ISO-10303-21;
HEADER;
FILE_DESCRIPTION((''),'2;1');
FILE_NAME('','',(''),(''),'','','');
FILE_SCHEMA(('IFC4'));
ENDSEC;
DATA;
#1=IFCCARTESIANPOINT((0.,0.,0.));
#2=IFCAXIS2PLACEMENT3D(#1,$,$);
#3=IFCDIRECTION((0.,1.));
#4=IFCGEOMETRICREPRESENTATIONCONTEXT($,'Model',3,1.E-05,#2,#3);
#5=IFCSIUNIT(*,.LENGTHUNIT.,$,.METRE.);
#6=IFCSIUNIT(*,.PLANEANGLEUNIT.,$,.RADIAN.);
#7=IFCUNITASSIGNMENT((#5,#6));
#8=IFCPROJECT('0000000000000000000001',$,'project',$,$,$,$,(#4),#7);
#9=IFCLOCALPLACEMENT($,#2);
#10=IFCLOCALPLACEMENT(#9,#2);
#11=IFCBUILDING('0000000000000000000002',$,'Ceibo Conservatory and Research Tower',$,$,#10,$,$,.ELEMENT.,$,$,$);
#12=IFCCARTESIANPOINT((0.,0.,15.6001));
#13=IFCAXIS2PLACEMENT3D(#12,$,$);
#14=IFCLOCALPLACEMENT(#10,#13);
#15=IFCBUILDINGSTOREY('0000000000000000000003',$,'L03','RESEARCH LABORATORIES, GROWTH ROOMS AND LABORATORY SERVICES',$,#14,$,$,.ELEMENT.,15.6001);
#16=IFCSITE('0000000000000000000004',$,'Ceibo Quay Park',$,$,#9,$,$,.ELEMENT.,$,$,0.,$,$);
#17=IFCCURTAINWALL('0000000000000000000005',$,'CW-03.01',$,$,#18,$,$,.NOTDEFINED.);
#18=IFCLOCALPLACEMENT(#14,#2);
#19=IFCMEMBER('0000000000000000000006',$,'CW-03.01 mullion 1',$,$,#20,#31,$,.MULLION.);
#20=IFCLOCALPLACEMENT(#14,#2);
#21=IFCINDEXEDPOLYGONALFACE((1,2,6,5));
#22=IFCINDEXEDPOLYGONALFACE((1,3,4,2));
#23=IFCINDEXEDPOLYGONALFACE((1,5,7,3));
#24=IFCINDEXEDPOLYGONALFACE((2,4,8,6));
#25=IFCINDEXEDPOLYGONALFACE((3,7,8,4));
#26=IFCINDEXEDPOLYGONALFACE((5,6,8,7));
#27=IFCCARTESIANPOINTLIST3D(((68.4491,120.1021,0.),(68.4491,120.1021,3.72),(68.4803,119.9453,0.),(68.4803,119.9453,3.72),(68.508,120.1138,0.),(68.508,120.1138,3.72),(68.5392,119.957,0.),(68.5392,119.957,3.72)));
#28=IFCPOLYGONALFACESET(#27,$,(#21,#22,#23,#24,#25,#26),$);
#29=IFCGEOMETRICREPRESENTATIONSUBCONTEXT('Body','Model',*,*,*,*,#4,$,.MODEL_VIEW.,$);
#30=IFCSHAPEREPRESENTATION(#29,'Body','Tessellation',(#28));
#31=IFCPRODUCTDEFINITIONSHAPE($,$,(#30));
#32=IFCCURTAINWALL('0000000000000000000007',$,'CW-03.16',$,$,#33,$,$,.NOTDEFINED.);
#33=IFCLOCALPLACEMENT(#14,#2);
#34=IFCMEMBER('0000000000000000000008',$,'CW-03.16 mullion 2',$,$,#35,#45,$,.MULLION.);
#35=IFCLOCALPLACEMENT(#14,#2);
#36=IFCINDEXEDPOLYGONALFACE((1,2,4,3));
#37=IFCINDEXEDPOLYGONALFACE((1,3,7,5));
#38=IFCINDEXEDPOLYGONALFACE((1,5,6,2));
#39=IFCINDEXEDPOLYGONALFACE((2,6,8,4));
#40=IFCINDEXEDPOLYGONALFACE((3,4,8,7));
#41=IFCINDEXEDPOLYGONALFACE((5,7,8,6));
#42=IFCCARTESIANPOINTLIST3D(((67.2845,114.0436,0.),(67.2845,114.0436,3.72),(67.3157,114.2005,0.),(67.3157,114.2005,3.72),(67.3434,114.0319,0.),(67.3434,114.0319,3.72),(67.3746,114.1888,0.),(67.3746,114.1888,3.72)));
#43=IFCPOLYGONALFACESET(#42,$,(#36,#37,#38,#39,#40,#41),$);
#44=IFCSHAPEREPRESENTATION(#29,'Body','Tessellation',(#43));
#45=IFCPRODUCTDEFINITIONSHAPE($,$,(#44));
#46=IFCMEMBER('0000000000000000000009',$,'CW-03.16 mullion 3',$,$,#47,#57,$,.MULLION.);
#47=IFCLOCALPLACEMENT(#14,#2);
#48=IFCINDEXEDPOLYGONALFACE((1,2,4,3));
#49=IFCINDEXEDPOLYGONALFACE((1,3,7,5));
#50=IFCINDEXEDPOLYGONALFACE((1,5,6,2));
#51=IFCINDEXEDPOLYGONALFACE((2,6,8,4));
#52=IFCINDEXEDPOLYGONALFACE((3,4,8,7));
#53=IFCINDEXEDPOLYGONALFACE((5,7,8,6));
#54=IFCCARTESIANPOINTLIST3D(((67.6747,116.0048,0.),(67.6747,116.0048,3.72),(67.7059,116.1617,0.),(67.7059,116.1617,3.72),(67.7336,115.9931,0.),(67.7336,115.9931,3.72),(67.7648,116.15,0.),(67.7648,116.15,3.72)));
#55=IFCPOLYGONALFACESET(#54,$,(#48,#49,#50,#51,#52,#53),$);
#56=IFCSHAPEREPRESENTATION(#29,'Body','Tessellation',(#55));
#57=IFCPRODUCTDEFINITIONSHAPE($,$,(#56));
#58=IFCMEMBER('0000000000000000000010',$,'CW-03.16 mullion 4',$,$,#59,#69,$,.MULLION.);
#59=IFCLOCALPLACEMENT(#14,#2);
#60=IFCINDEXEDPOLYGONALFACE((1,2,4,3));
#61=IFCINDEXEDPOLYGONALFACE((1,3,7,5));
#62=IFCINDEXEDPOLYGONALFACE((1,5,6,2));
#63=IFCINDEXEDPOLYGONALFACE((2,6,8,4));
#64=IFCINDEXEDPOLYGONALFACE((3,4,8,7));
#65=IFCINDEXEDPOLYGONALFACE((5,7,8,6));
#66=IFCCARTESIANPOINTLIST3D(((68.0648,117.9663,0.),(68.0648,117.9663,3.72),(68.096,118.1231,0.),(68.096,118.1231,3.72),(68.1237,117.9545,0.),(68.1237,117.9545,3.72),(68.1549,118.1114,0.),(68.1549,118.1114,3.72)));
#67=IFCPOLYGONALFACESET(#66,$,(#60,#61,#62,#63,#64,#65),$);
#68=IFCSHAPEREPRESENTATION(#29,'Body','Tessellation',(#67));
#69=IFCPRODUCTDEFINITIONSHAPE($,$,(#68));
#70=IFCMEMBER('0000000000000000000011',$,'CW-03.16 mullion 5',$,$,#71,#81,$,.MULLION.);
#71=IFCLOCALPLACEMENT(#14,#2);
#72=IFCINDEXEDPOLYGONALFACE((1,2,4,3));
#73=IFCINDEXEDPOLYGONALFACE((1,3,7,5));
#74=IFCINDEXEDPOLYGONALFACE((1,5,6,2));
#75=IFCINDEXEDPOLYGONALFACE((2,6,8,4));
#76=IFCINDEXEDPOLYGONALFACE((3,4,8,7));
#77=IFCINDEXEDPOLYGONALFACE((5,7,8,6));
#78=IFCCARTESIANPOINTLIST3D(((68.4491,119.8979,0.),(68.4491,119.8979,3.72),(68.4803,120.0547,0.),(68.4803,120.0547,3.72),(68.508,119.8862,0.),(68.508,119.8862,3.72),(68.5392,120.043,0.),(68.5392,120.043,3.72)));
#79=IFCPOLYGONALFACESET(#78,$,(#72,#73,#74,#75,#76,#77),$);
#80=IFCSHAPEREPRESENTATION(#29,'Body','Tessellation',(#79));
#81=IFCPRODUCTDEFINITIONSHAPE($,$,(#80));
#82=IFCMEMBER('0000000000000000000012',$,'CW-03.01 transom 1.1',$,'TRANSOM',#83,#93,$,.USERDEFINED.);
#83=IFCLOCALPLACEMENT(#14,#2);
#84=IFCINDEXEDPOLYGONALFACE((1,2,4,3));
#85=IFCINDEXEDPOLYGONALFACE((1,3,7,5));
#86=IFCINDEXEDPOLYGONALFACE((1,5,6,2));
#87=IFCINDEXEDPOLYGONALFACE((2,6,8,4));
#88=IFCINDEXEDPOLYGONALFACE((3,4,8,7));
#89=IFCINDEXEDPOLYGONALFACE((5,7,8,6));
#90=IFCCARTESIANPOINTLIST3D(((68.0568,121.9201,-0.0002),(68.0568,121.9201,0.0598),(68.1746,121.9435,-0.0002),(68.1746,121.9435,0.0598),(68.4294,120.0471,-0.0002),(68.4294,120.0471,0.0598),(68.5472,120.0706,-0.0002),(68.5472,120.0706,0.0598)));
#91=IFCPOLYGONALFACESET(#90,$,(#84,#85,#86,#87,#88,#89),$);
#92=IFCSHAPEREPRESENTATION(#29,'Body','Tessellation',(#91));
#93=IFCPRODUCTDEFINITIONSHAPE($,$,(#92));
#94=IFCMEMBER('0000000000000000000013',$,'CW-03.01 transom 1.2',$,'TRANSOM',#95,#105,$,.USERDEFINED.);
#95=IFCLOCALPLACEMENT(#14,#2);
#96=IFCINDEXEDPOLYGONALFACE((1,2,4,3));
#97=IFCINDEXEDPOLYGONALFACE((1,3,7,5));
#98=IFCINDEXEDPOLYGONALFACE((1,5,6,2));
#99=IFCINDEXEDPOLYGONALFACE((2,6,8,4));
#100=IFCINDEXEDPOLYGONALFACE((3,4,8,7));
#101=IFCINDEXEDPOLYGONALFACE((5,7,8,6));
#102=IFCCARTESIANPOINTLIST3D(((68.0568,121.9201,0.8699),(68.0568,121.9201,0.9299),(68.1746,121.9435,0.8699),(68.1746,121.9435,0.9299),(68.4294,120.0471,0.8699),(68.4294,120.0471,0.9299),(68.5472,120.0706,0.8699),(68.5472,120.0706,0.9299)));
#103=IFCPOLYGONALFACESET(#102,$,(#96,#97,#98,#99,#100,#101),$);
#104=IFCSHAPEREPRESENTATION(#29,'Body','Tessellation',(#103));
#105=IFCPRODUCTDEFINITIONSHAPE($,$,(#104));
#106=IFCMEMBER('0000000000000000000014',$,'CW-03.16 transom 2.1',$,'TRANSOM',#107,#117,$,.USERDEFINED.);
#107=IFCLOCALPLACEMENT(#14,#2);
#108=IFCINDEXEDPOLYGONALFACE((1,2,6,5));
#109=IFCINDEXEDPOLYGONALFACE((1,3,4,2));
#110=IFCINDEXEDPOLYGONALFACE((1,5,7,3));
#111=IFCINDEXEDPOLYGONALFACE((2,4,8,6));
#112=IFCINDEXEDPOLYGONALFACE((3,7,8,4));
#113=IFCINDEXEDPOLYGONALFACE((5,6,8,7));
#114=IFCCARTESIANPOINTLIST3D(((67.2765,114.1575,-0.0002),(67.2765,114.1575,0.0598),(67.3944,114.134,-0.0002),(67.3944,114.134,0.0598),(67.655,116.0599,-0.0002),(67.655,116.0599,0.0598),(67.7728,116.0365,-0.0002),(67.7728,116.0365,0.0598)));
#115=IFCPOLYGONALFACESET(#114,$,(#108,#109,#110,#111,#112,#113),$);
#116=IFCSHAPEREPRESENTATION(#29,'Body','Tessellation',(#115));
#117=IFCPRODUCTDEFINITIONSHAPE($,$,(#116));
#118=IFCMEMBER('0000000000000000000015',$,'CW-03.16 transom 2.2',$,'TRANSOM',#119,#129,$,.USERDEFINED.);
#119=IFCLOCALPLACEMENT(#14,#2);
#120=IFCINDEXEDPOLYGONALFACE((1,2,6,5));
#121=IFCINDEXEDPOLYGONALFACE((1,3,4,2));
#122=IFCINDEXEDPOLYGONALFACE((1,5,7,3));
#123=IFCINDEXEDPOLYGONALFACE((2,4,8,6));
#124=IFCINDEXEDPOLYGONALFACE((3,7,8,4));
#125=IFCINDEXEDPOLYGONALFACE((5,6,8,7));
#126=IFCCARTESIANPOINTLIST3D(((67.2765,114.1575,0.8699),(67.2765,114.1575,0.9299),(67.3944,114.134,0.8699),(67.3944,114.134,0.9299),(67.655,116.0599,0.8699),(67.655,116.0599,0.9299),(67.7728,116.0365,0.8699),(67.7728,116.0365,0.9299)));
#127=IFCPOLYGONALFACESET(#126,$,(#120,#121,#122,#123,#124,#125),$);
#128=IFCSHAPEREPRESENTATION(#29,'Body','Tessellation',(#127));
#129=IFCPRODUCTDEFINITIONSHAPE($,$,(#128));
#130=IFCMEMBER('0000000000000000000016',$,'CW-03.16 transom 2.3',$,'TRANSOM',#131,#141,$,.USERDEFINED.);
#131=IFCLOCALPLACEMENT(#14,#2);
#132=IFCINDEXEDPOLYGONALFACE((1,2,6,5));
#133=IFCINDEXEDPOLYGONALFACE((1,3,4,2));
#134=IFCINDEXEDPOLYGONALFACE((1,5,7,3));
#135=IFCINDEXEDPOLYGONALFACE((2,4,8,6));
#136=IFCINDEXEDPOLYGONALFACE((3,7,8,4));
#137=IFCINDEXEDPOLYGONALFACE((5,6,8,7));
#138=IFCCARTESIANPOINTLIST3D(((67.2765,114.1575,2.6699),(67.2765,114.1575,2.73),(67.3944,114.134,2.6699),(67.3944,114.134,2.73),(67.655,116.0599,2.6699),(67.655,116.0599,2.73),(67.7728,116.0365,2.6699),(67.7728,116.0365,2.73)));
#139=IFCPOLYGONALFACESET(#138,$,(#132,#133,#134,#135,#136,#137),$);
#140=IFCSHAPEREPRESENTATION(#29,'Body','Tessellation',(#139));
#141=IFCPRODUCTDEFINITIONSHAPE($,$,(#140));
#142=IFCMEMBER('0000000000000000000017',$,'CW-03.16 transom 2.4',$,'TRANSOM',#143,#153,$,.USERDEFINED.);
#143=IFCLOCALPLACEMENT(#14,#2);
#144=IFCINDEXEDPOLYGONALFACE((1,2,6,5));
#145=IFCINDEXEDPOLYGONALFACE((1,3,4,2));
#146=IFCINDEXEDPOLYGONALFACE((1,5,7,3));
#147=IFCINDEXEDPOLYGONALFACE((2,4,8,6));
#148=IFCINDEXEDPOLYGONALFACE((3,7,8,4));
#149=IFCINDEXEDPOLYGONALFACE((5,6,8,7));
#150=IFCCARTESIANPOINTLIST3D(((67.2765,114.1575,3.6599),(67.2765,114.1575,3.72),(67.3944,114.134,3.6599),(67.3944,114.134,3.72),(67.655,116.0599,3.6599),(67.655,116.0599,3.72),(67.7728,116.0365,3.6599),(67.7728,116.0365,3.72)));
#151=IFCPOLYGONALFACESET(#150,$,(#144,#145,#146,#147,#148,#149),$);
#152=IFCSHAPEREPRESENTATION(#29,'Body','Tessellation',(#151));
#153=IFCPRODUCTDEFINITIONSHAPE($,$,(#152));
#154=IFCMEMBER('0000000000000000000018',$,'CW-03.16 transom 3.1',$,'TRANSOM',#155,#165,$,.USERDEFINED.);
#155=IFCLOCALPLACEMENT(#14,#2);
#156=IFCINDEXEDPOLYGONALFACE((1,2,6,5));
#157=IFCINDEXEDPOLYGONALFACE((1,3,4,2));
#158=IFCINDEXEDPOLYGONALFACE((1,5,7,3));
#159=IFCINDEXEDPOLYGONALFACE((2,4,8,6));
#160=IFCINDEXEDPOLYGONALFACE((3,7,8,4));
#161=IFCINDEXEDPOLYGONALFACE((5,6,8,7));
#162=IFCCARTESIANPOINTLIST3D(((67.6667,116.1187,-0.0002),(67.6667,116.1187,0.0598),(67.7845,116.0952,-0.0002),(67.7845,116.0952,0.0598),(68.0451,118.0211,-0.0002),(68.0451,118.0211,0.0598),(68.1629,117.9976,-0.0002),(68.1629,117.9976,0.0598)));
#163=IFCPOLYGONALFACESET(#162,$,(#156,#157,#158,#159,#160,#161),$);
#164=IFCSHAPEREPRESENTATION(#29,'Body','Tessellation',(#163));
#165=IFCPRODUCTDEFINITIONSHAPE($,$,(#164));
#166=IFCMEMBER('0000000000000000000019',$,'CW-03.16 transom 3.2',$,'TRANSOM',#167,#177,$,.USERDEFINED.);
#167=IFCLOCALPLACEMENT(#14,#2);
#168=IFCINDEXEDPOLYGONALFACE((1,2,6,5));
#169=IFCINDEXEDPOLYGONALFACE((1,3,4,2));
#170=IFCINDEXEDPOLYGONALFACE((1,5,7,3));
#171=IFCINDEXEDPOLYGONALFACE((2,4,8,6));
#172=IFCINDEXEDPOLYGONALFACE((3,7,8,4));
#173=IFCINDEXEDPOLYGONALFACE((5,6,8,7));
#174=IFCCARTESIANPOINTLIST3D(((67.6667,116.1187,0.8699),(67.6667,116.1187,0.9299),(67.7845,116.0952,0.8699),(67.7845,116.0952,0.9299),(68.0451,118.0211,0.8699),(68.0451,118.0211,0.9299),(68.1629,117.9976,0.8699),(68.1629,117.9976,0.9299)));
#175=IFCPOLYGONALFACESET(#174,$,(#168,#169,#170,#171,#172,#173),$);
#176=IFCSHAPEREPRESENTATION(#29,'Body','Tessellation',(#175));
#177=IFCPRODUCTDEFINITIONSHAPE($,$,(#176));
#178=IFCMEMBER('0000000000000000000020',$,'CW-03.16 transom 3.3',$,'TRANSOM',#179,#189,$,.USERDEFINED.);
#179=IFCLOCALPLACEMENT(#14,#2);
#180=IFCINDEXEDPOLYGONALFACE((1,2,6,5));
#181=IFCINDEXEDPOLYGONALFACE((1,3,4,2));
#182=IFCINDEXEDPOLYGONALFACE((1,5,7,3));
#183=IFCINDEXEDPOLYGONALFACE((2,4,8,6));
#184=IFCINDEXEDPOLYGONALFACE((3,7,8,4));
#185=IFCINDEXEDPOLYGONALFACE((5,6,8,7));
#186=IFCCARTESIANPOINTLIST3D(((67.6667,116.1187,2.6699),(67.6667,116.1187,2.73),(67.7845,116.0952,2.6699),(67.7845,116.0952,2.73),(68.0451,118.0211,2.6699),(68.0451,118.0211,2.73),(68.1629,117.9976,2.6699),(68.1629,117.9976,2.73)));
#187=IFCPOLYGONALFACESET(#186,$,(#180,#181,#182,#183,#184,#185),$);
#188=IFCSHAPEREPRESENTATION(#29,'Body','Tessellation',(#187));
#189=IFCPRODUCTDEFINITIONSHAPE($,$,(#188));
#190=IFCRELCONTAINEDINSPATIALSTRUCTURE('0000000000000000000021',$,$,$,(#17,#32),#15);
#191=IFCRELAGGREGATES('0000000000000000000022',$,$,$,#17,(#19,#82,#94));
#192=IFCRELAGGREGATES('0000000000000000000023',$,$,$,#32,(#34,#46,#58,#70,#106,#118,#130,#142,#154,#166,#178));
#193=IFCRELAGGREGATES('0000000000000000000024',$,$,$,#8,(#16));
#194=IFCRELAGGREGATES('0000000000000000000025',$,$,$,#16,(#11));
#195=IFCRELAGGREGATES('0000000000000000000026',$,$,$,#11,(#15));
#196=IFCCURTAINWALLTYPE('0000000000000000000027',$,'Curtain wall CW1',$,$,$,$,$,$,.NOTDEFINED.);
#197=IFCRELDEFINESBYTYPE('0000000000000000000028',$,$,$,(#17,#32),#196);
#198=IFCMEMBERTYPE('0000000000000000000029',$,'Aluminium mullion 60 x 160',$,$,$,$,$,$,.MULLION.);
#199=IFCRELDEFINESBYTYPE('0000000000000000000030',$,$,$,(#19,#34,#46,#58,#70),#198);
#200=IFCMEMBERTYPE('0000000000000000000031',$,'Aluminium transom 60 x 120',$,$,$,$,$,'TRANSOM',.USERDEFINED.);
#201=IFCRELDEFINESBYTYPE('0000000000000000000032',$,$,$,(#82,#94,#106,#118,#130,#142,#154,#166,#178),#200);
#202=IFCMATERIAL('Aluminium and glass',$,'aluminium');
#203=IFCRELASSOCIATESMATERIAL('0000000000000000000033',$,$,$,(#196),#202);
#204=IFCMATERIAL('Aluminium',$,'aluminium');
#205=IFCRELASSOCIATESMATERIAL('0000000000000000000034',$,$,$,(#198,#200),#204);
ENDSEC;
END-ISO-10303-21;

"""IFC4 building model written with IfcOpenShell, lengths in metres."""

from ifc_helpers import new_model, si_unit, direction, frame, origin, origin_2d, place, context, subcontext, project, spatial, rectangle, extrude, material, material_profile, profile_set, type_object, element, aggregate, save


model = new_model("IFC4")

# Units and contexts
model_context = context("Model", 3, precision=1e-05, world=origin(), true_north=direction((0.0, 1.0)))
body_context = subcontext(model_context, "Body", "Model", "MODEL_VIEW")
ifc_project = project(units=[si_unit("LENGTHUNIT", "METRE"), si_unit("PLANEANGLEUNIT", "RADIAN")], contexts=[model_context])

# Site, building, storey
site_placement = place(None, origin())
site = spatial("IfcSite", under=ifc_project, at=site_placement, Name="Ceibo Quay Park", CompositionType="ELEMENT", RefElevation=0.0)
building_placement = place(site_placement, origin())
building = spatial("IfcBuilding", under=site, at=building_placement, Name="Ceibo Conservatory and Research Tower", CompositionType="ELEMENT")
storey_placement = place(building_placement, frame((0.0, 0.0, 15.6001)))
storey = spatial("IfcBuildingStorey", under=building, at=storey_placement, Name="L03", Description="RESEARCH LABORATORIES, GROWTH ROOMS AND LABORATORY SERVICES", CompositionType="ELEMENT", Elevation=15.6001)

# Curtain wall, member
ifc_material_1 = material(Name="Aluminium and glass", Category="aluminium")
curtain_wall_type = type_object("IfcCurtainWallType", Name="Curtain wall CW1", PredefinedType="NOTDEFINED", material=ifc_material_1)
curtain_wall_1_placement = place(storey_placement, origin())
curtain_wall_1 = element("IfcCurtainWall", 1, at=curtain_wall_1_placement, inside=storey, type_object=curtain_wall_type, Name="CW-03.01", PredefinedType="NOTDEFINED")
ifc_material_2 = material(Name="Aluminium", Category="aluminium")
ifc_material_profile_1 = material_profile(ifc_material_2, rectangle(XDim=0.0601, YDim=0.1599, at=origin_2d()), Name="Aluminium 60 x 160")
ifc_profile_set_1 = profile_set([ifc_material_profile_1], Name="Aluminium")
member_type_1 = type_object("IfcMemberType", Name="Aluminium mullion 60 x 160", PredefinedType="MULLION", material=ifc_profile_set_1)
member_1_placement = place(storey_placement, frame((68.4941, 120.0295, 0.0), z_axis=(0.0, 0.0, 1.0), x_axis=(-0.980785, -0.19509, 0.0)))
member_1 = element("IfcMember", 2, at=member_1_placement, type_object=member_type_1, Name="CW-03.01 mullion 1", PredefinedType="MULLION", context=body_context, shape_type="SweptSolid", body=[
    extrude(rectangle(XDim=0.0601, YDim=0.1599, at=origin_2d()), origin(), (0.0, 0.0, 1.0), 3.72),
])

# Curtain wall, members
curtain_wall_2_placement = place(storey_placement, origin())
curtain_wall_2 = element("IfcCurtainWall", 3, at=curtain_wall_2_placement, inside=storey, type_object=curtain_wall_type, Name="CW-03.16", PredefinedType="NOTDEFINED")
member_2_placement = place(storey_placement, frame((67.3296, 114.1162, 0.0), z_axis=(0.0, 0.0, 1.0), x_axis=(-0.980785, 0.19509, 0.0)))
member_2 = element("IfcMember", 4, at=member_2_placement, type_object=member_type_1, Name="CW-03.16 mullion 2", PredefinedType="MULLION", context=body_context, shape_type="SweptSolid", body=[
    extrude(rectangle(XDim=0.0601, YDim=0.1599, at=origin_2d()), origin(), (0.0, 0.0, 1.0), 3.72),
])
member_3_placement = place(storey_placement, frame((67.7197, 116.0774, 0.0), z_axis=(0.0, 0.0, 1.0), x_axis=(-0.980785, 0.19509, 0.0)))
member_3 = element("IfcMember", 5, at=member_3_placement, type_object=member_type_1, Name="CW-03.16 mullion 3", PredefinedType="MULLION", context=body_context, shape_type="SweptSolid", body=[
    extrude(rectangle(XDim=0.0601, YDim=0.1599, at=origin_2d()), origin(), (0.0, 0.0, 1.0), 3.72),
])
member_4_placement = place(storey_placement, frame((68.1099, 118.0388, 0.0), z_axis=(0.0, 0.0, 1.0), x_axis=(-0.980785, 0.19509, 0.0)))
member_4 = element("IfcMember", 6, at=member_4_placement, type_object=member_type_1, Name="CW-03.16 mullion 4", PredefinedType="MULLION", context=body_context, shape_type="SweptSolid", body=[
    extrude(rectangle(XDim=0.0601, YDim=0.1599, at=origin_2d()), origin(), (0.0, 0.0, 1.0), 3.72),
])
member_5_placement = place(storey_placement, frame((68.4941, 119.9705, 0.0), z_axis=(0.0, 0.0, 1.0), x_axis=(-0.980785, 0.19509, 0.0)))
member_5 = element("IfcMember", 7, at=member_5_placement, type_object=member_type_1, Name="CW-03.16 mullion 5", PredefinedType="MULLION", context=body_context, shape_type="SweptSolid", body=[
    extrude(rectangle(XDim=0.0601, YDim=0.1599, at=origin_2d()), origin(), (0.0, 0.0, 1.0), 3.72),
])

# Members
ifc_material_profile_2 = material_profile(ifc_material_2, rectangle(XDim=0.1201, YDim=0.0601, at=origin_2d()), Name="Aluminium 60 x 120")
ifc_profile_set_2 = profile_set([ifc_material_profile_2], Name="Aluminium")
member_type_2 = type_object("IfcMemberType", Name="Aluminium transom 60 x 120", ElementType="TRANSOM", PredefinedType="USERDEFINED", material=ifc_profile_set_2)
member_6_placement = place(storey_placement, frame((68.4883, 120.0588, 0.0298), z_axis=(-0.195083, 0.980787, 0.0), x_axis=(-0.980787, -0.195083, 0.0)))
member_6 = element("IfcMember", 8, at=member_6_placement, type_object=member_type_2, Name="CW-03.01 transom 1.1", ObjectType="TRANSOM", PredefinedType="USERDEFINED", context=body_context, shape_type="SweptSolid", body=[
    extrude(rectangle(XDim=0.1201, YDim=0.0601, at=origin_2d()), origin(), (0.0, 0.0, 1.0), 1.9097),
])
member_7_placement = place(storey_placement, frame((68.4883, 120.0588, 0.8999), z_axis=(-0.195083, 0.980787, 0.0), x_axis=(-0.980787, -0.195083, 0.0)))
member_7 = element("IfcMember", 9, at=member_7_placement, type_object=member_type_2, Name="CW-03.01 transom 1.2", ObjectType="TRANSOM", PredefinedType="USERDEFINED", context=body_context, shape_type="SweptSolid", body=[
    extrude(rectangle(XDim=0.1201, YDim=0.0601, at=origin_2d()), origin(), (0.0, 0.0, 1.0), 1.9097),
])
aggregate(curtain_wall_1, [member_1, member_6, member_7])
member_8_placement = place(storey_placement, frame((67.3354, 114.1458, 0.0298), z_axis=(0.195099, 0.980783, 0.0), x_axis=(-0.980783, 0.195099, 0.0)))
member_8 = element("IfcMember", 10, at=member_8_placement, type_object=member_type_2, Name="CW-03.16 transom 2.1", ObjectType="TRANSOM", PredefinedType="USERDEFINED", context=body_context, shape_type="SweptSolid", body=[
    extrude(rectangle(XDim=0.1201, YDim=0.0601, at=origin_2d()), origin(), (0.0, 0.0, 1.0), 1.9397),
])
member_9_placement = place(storey_placement, frame((67.3354, 114.1458, 0.8999), z_axis=(0.195099, 0.980783, 0.0), x_axis=(-0.980783, 0.195099, 0.0)))
member_9 = element("IfcMember", 11, at=member_9_placement, type_object=member_type_2, Name="CW-03.16 transom 2.2", ObjectType="TRANSOM", PredefinedType="USERDEFINED", context=body_context, shape_type="SweptSolid", body=[
    extrude(rectangle(XDim=0.1201, YDim=0.0601, at=origin_2d()), origin(), (0.0, 0.0, 1.0), 1.9397),
])
member_10_placement = place(storey_placement, frame((67.3354, 114.1458, 2.7), z_axis=(0.195099, 0.980783, 0.0), x_axis=(-0.980783, 0.195099, 0.0)))
member_10 = element("IfcMember", 12, at=member_10_placement, type_object=member_type_2, Name="CW-03.16 transom 2.3", ObjectType="TRANSOM", PredefinedType="USERDEFINED", context=body_context, shape_type="SweptSolid", body=[
    extrude(rectangle(XDim=0.1201, YDim=0.0601, at=origin_2d()), origin(), (0.0, 0.0, 1.0), 1.9397),
])
member_11_placement = place(storey_placement, frame((67.3354, 114.1458, 3.6899), z_axis=(0.195099, 0.980783, 0.0), x_axis=(-0.980783, 0.195099, 0.0)))
member_11 = element("IfcMember", 13, at=member_11_placement, type_object=member_type_2, Name="CW-03.16 transom 2.4", ObjectType="TRANSOM", PredefinedType="USERDEFINED", context=body_context, shape_type="SweptSolid", body=[
    extrude(rectangle(XDim=0.1201, YDim=0.0601, at=origin_2d()), origin(), (0.0, 0.0, 1.0), 1.9397),
])
member_12_placement = place(storey_placement, frame((67.7256, 116.1069, 0.0298), z_axis=(0.195099, 0.980783, 0.0), x_axis=(-0.980783, 0.195099, 0.0)))
member_12 = element("IfcMember", 14, at=member_12_placement, type_object=member_type_2, Name="CW-03.16 transom 3.1", ObjectType="TRANSOM", PredefinedType="USERDEFINED", context=body_context, shape_type="SweptSolid", body=[
    extrude(rectangle(XDim=0.1201, YDim=0.0601, at=origin_2d()), origin(), (0.0, 0.0, 1.0), 1.9397),
])
member_13_placement = place(storey_placement, frame((67.7256, 116.1069, 0.8999), z_axis=(0.195099, 0.980783, 0.0), x_axis=(-0.980783, 0.195099, 0.0)))
member_13 = element("IfcMember", 15, at=member_13_placement, type_object=member_type_2, Name="CW-03.16 transom 3.2", ObjectType="TRANSOM", PredefinedType="USERDEFINED", context=body_context, shape_type="SweptSolid", body=[
    extrude(rectangle(XDim=0.1201, YDim=0.0601, at=origin_2d()), origin(), (0.0, 0.0, 1.0), 1.9397),
])
member_14_placement = place(storey_placement, frame((67.7256, 116.1069, 2.7), z_axis=(0.195099, 0.980783, 0.0), x_axis=(-0.980783, 0.195099, 0.0)))
member_14 = element("IfcMember", 16, at=member_14_placement, type_object=member_type_2, Name="CW-03.16 transom 3.3", ObjectType="TRANSOM", PredefinedType="USERDEFINED", context=body_context, shape_type="SweptSolid", body=[
    extrude(rectangle(XDim=0.1201, YDim=0.0601, at=origin_2d()), origin(), (0.0, 0.0, 1.0), 1.9397),
])

aggregate(curtain_wall_2, [member_2, member_3, member_4, member_5, member_8, member_9, member_10, member_11, member_12, member_13, member_14])

save(model, "model.ifc")
